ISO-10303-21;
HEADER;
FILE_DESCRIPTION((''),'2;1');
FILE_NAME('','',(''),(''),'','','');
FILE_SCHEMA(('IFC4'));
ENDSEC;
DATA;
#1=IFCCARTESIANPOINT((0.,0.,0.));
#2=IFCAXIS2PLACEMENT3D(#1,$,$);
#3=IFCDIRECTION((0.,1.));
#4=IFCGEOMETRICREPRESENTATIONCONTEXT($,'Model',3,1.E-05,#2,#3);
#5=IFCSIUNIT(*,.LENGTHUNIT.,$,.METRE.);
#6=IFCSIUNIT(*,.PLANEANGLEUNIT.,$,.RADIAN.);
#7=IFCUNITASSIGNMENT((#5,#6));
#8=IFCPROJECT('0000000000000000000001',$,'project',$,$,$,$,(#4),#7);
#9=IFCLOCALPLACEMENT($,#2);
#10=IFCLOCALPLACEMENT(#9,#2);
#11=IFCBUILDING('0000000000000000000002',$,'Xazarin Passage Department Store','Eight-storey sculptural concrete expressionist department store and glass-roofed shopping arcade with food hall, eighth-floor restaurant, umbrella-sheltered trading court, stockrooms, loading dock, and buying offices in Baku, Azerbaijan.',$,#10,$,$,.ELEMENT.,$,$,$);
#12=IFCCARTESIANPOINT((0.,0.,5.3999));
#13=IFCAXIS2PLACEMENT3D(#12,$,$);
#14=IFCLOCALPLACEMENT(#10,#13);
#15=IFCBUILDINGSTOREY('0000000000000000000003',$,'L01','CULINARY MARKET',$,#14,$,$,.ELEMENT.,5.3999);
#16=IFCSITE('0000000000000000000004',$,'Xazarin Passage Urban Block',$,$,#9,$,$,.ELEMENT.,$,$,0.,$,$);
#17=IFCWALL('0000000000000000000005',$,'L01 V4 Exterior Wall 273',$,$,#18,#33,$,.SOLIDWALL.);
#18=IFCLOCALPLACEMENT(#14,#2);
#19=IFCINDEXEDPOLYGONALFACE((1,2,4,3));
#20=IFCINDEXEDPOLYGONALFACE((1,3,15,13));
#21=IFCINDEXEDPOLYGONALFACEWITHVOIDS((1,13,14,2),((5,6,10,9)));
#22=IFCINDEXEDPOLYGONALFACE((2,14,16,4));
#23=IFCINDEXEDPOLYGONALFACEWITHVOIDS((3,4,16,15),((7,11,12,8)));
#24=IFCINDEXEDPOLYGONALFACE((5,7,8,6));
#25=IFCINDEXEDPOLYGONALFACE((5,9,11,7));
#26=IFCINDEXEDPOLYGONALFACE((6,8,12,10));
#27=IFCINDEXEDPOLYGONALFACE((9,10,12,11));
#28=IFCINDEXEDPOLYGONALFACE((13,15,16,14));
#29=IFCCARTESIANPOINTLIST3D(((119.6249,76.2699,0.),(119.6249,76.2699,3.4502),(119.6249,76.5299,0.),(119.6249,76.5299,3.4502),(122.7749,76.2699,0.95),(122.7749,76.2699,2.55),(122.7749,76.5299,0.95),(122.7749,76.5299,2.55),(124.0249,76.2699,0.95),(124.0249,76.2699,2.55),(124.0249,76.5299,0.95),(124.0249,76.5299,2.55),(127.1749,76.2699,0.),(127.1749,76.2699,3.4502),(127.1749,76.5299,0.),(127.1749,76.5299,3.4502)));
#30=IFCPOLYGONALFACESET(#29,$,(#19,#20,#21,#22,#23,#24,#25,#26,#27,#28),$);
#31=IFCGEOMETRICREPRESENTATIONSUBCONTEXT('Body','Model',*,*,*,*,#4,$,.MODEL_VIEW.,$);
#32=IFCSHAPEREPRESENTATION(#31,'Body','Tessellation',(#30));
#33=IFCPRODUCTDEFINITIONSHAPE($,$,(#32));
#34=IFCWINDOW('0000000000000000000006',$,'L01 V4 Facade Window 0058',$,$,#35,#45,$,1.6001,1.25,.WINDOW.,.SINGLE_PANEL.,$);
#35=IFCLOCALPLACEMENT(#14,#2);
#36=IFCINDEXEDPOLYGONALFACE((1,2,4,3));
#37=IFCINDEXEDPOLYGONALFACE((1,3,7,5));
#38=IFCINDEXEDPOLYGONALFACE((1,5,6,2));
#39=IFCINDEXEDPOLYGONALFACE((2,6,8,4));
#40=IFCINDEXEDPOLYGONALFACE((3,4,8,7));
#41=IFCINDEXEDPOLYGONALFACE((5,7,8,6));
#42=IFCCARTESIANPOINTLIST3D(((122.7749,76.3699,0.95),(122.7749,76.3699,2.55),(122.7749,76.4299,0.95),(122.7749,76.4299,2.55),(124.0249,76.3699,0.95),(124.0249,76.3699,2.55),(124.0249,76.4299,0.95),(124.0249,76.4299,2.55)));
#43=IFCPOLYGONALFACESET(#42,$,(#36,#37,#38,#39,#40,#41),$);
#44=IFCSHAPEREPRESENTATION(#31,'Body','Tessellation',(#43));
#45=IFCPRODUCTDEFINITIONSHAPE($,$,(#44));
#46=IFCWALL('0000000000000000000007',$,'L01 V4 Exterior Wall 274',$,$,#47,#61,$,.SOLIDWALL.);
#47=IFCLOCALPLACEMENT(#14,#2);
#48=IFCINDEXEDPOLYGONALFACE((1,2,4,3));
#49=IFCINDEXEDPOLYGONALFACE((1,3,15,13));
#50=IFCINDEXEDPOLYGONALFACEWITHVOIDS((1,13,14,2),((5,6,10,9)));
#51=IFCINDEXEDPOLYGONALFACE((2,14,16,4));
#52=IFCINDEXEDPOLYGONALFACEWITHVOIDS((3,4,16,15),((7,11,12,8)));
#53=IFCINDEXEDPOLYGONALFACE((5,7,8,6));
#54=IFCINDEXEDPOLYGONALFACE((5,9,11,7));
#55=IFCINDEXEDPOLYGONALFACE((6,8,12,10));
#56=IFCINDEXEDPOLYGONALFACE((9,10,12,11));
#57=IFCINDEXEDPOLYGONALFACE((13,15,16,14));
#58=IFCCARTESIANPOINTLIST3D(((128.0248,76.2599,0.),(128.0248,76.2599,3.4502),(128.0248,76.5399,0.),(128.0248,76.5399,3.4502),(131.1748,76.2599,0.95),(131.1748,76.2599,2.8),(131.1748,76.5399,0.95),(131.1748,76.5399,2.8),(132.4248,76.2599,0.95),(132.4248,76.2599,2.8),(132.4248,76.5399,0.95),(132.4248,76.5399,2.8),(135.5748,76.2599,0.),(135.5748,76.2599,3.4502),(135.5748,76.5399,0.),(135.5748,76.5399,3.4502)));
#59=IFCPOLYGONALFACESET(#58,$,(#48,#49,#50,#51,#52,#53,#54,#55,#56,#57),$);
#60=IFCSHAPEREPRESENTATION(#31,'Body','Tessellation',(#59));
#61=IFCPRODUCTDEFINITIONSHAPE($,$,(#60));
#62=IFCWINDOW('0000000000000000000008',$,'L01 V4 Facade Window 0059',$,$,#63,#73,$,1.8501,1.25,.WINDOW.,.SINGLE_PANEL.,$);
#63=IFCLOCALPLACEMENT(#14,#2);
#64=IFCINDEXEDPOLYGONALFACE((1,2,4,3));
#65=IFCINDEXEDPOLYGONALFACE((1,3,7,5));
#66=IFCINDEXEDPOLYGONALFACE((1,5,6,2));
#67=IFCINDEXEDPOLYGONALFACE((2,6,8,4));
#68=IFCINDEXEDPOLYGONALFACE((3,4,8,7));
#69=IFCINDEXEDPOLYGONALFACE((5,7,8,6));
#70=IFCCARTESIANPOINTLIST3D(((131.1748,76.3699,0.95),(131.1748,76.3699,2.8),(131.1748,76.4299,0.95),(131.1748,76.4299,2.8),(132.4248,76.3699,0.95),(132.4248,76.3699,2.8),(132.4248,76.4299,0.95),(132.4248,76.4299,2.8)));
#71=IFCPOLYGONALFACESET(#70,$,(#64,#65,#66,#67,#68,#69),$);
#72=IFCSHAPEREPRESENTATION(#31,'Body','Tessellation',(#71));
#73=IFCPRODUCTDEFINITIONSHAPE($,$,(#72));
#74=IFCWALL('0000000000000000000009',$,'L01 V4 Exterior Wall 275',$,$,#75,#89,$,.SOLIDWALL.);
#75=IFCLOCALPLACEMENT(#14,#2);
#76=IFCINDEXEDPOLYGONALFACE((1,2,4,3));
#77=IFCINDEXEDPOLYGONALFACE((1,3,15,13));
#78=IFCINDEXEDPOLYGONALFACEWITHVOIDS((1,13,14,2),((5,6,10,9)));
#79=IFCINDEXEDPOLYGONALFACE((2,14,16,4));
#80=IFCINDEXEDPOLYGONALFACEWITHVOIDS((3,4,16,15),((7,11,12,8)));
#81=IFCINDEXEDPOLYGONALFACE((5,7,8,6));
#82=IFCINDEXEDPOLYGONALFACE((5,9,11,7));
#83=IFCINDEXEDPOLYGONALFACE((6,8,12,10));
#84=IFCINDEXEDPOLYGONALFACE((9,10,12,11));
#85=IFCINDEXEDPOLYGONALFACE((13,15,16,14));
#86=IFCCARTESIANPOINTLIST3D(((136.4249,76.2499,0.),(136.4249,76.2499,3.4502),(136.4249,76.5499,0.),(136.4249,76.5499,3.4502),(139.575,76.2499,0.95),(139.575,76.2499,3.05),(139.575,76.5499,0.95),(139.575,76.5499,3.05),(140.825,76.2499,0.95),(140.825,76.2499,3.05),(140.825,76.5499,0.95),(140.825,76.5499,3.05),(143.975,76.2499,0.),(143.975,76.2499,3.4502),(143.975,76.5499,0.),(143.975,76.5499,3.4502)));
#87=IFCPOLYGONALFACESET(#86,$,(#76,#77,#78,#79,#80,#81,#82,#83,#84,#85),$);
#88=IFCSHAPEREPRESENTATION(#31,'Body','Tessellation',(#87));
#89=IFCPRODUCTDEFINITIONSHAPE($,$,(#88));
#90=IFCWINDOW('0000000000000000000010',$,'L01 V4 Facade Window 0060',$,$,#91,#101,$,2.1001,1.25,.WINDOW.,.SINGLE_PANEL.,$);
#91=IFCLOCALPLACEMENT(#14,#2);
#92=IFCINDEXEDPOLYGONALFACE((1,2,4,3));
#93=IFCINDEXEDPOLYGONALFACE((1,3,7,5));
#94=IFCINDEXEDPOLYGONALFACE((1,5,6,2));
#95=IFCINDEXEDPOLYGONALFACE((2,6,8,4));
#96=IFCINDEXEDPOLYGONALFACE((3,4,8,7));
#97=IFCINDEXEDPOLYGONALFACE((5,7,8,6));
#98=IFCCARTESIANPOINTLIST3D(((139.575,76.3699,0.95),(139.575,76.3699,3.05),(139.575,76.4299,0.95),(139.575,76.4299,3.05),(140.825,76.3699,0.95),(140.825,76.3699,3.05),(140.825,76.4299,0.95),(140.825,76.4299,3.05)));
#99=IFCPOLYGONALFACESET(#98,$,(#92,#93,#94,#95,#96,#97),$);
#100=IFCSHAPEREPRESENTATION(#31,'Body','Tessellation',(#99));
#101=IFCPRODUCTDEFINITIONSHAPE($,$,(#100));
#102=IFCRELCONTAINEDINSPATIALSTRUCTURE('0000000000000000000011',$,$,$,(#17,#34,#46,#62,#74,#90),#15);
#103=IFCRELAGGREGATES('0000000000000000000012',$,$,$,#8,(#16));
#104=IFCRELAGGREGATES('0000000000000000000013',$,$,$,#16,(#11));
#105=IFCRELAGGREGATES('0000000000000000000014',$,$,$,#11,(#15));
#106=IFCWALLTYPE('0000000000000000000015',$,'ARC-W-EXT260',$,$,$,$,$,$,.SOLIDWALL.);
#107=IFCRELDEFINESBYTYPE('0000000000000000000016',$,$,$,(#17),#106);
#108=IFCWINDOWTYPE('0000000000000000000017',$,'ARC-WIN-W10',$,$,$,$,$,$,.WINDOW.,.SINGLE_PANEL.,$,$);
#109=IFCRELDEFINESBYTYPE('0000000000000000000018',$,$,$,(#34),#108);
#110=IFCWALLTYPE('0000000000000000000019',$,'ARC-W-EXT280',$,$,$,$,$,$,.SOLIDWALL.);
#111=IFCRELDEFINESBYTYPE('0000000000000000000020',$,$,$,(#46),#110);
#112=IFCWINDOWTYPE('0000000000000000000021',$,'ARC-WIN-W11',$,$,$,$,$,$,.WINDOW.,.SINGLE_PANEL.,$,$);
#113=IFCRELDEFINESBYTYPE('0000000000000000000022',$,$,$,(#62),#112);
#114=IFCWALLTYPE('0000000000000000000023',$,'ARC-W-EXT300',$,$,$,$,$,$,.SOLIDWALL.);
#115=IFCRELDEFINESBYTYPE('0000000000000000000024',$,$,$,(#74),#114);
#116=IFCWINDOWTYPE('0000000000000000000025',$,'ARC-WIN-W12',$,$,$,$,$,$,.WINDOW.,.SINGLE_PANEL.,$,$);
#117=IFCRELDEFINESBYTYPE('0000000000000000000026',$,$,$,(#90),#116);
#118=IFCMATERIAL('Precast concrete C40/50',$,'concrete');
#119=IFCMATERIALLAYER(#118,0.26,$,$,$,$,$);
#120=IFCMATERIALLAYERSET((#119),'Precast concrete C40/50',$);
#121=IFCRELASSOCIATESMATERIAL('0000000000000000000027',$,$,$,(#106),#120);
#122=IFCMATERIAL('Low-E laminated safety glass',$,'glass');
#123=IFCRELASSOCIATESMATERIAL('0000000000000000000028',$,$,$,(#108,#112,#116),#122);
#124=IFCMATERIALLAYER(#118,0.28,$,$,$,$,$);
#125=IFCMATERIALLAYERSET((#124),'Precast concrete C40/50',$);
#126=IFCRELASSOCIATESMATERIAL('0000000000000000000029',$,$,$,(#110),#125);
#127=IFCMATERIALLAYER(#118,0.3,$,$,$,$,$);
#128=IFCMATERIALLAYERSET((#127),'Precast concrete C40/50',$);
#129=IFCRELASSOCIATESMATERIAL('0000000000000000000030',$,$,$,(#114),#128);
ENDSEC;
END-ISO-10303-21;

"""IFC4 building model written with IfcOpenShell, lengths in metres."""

from ifc_helpers import new_model, si_unit, direction, frame, frame_2d, origin, place, context, subcontext, project, spatial, rectangle, extrude, material, layer, layer_set, type_object, element, fill, save


model = new_model("IFC4")

# Units and contexts
model_context = context("Model", 3, precision=1e-05, world=origin(), true_north=direction((0.0, 1.0)))
body_context = subcontext(model_context, "Body", "Model", "MODEL_VIEW")
ifc_project = project(units=[si_unit("LENGTHUNIT", "METRE"), si_unit("PLANEANGLEUNIT", "RADIAN")], contexts=[model_context])

# Site, building, storey
site_placement = place(None, origin())
site = spatial("IfcSite", under=ifc_project, at=site_placement, Name="Xazarin Passage Urban Block", CompositionType="ELEMENT", RefElevation=0.0)
building_placement = place(site_placement, origin())
building = spatial("IfcBuilding", under=site, at=building_placement, Name="Xazarin Passage Department Store", Description="Eight-storey sculptural concrete expressionist department store and glass-roofed shopping arcade with food hall, eighth-floor restaurant, umbrella-sheltered trading court, stockrooms, loading dock, and buying offices in Baku, Azerbaijan.", CompositionType="ELEMENT")
storey_placement = place(building_placement, frame((0.0, 0.0, 5.3999)))
storey = spatial("IfcBuildingStorey", under=building, at=storey_placement, Name="L01", Description="CULINARY MARKET", CompositionType="ELEMENT", Elevation=5.3999)

# Walls, openings, windows
ifc_material_1 = material(Name="Precast concrete C40/50", Category="concrete")
ifc_layer_1 = layer(ifc_material_1, 0.26)
ifc_layer_set_1 = layer_set([ifc_layer_1], Name="Precast concrete C40/50")
wall_type_1 = type_object("IfcWallType", Name="ARC-W-EXT260", PredefinedType="SOLIDWALL", material=ifc_layer_set_1)
wall_1_placement = place(storey_placement, frame((119.625, 76.3999, 0.0), z_axis=(0.0, 0.0, 1.0), x_axis=(1.0, 0.0, 0.0)))
wall_1 = element("IfcWall", 1, at=wall_1_placement, inside=storey, type_object=wall_type_1, Name="L01 V4 Exterior Wall 273", PredefinedType="SOLIDWALL", context=body_context, shape_type="SweptSolid", body=[
    extrude(rectangle(XDim=7.55, YDim=0.26, at=frame_2d((3.7749, 0.0))), origin(), (0.0, 0.0, 1.0), 3.4502),
])
opening_1_placement = place(wall_1_placement, frame((3.1499, 0.0, 0.95)))
opening_1 = element("IfcOpeningElement", 2, at=opening_1_placement, cuts=wall_1, PredefinedType="OPENING", context=body_context, shape_type="SweptSolid", body=[
    extrude(rectangle(XDim=1.25, YDim=1.6001, at=frame_2d((0.625, 0.8))), frame((0.0, 0.1399, 0.0), z_axis=(0.0, -1.0, 0.0), x_axis=(1.0, 0.0, 0.0)), (0.0, 0.0, 1.0), 0.28),
])
ifc_material_2 = material(Name="Low-E laminated safety glass", Category="glass")
window_type_1 = type_object("IfcWindowType", Name="ARC-WIN-W10", PartitioningType="SINGLE_PANEL", PredefinedType="WINDOW", material=ifc_material_2)
window_1_placement = place(opening_1_placement, origin())
window_1 = element("IfcWindow", 3, at=window_1_placement, inside=storey, type_object=window_type_1, Name="L01 V4 Facade Window 0058", OverallHeight=1.6001, OverallWidth=1.25, PartitioningType="SINGLE_PANEL", PredefinedType="WINDOW", context=body_context, shape_type="SweptSolid", body=[
    extrude(rectangle(XDim=1.25, YDim=1.6001, at=frame_2d((0.625, 0.8))), frame((0.0, 0.03, 0.0), z_axis=(0.0, -1.0, 0.0), x_axis=(1.0, 0.0, 0.0)), (0.0, 0.0, 1.0), 0.0601),
])
fill(opening_1, window_1)
ifc_layer_2 = layer(ifc_material_1, 0.28)
ifc_layer_set_2 = layer_set([ifc_layer_2], Name="Precast concrete C40/50")
wall_type_2 = type_object("IfcWallType", Name="ARC-W-EXT280", PredefinedType="SOLIDWALL", material=ifc_layer_set_2)
wall_2_placement = place(storey_placement, frame((128.0249, 76.3999, 0.0), z_axis=(0.0, 0.0, 1.0), x_axis=(1.0, 0.0, 0.0)))
wall_2 = element("IfcWall", 4, at=wall_2_placement, inside=storey, type_object=wall_type_2, Name="L01 V4 Exterior Wall 274", PredefinedType="SOLIDWALL", context=body_context, shape_type="SweptSolid", body=[
    extrude(rectangle(XDim=7.55, YDim=0.28, at=frame_2d((3.7749, 0.0))), origin(), (0.0, 0.0, 1.0), 3.4502),
])
opening_2_placement = place(wall_2_placement, frame((3.1499, 0.0, 0.95)))
opening_2 = element("IfcOpeningElement", 5, at=opening_2_placement, cuts=wall_2, PredefinedType="OPENING", context=body_context, shape_type="SweptSolid", body=[
    extrude(rectangle(XDim=1.25, YDim=1.8501, at=frame_2d((0.625, 0.925))), frame((0.0, 0.1499, 0.0), z_axis=(0.0, -1.0, 0.0), x_axis=(1.0, 0.0, 0.0)), (0.0, 0.0, 1.0), 0.3),
])
window_type_2 = type_object("IfcWindowType", Name="ARC-WIN-W11", PartitioningType="SINGLE_PANEL", PredefinedType="WINDOW", material=ifc_material_2)
window_2_placement = place(opening_2_placement, origin())
window_2 = element("IfcWindow", 6, at=window_2_placement, inside=storey, type_object=window_type_2, Name="L01 V4 Facade Window 0059", OverallHeight=1.8501, OverallWidth=1.25, PartitioningType="SINGLE_PANEL", PredefinedType="WINDOW", context=body_context, shape_type="SweptSolid", body=[
    extrude(rectangle(XDim=1.25, YDim=1.8501, at=frame_2d((0.625, 0.925))), frame((0.0, 0.03, 0.0), z_axis=(0.0, -1.0, 0.0), x_axis=(1.0, 0.0, 0.0)), (0.0, 0.0, 1.0), 0.0601),
])
fill(opening_2, window_2)
ifc_layer_3 = layer(ifc_material_1, 0.3)
ifc_layer_set_3 = layer_set([ifc_layer_3], Name="Precast concrete C40/50")
wall_type_3 = type_object("IfcWallType", Name="ARC-W-EXT300", PredefinedType="SOLIDWALL", material=ifc_layer_set_3)
wall_3_placement = place(storey_placement, frame((136.425, 76.3999, 0.0), z_axis=(0.0, 0.0, 1.0), x_axis=(1.0, 0.0, 0.0)))
wall_3 = element("IfcWall", 7, at=wall_3_placement, inside=storey, type_object=wall_type_3, Name="L01 V4 Exterior Wall 275", PredefinedType="SOLIDWALL", context=body_context, shape_type="SweptSolid", body=[
    extrude(rectangle(XDim=7.55, YDim=0.3, at=frame_2d((3.7749, 0.0))), origin(), (0.0, 0.0, 1.0), 3.4502),
])
opening_3_placement = place(wall_3_placement, frame((3.1499, 0.0, 0.95)))
opening_3 = element("IfcOpeningElement", 8, at=opening_3_placement, cuts=wall_3, PredefinedType="OPENING", context=body_context, shape_type="SweptSolid", body=[
    extrude(rectangle(XDim=1.25, YDim=2.1001, at=frame_2d((0.625, 1.05))), frame((0.0, 0.1599, 0.0), z_axis=(0.0, -1.0, 0.0), x_axis=(1.0, 0.0, 0.0)), (0.0, 0.0, 1.0), 0.3201),
])
window_type_3 = type_object("IfcWindowType", Name="ARC-WIN-W12", PartitioningType="SINGLE_PANEL", PredefinedType="WINDOW", material=ifc_material_2)
window_3_placement = place(opening_3_placement, origin())
window_3 = element("IfcWindow", 9, at=window_3_placement, inside=storey, type_object=window_type_3, Name="L01 V4 Facade Window 0060", OverallHeight=2.1001, OverallWidth=1.25, PartitioningType="SINGLE_PANEL", PredefinedType="WINDOW", context=body_context, shape_type="SweptSolid", body=[
    extrude(rectangle(XDim=1.25, YDim=2.1001, at=frame_2d((0.625, 1.05))), frame((0.0, 0.03, 0.0), z_axis=(0.0, -1.0, 0.0), x_axis=(1.0, 0.0, 0.0)), (0.0, 0.0, 1.0), 0.0601),
])
fill(opening_3, window_3)

save(model, "model.ifc")
